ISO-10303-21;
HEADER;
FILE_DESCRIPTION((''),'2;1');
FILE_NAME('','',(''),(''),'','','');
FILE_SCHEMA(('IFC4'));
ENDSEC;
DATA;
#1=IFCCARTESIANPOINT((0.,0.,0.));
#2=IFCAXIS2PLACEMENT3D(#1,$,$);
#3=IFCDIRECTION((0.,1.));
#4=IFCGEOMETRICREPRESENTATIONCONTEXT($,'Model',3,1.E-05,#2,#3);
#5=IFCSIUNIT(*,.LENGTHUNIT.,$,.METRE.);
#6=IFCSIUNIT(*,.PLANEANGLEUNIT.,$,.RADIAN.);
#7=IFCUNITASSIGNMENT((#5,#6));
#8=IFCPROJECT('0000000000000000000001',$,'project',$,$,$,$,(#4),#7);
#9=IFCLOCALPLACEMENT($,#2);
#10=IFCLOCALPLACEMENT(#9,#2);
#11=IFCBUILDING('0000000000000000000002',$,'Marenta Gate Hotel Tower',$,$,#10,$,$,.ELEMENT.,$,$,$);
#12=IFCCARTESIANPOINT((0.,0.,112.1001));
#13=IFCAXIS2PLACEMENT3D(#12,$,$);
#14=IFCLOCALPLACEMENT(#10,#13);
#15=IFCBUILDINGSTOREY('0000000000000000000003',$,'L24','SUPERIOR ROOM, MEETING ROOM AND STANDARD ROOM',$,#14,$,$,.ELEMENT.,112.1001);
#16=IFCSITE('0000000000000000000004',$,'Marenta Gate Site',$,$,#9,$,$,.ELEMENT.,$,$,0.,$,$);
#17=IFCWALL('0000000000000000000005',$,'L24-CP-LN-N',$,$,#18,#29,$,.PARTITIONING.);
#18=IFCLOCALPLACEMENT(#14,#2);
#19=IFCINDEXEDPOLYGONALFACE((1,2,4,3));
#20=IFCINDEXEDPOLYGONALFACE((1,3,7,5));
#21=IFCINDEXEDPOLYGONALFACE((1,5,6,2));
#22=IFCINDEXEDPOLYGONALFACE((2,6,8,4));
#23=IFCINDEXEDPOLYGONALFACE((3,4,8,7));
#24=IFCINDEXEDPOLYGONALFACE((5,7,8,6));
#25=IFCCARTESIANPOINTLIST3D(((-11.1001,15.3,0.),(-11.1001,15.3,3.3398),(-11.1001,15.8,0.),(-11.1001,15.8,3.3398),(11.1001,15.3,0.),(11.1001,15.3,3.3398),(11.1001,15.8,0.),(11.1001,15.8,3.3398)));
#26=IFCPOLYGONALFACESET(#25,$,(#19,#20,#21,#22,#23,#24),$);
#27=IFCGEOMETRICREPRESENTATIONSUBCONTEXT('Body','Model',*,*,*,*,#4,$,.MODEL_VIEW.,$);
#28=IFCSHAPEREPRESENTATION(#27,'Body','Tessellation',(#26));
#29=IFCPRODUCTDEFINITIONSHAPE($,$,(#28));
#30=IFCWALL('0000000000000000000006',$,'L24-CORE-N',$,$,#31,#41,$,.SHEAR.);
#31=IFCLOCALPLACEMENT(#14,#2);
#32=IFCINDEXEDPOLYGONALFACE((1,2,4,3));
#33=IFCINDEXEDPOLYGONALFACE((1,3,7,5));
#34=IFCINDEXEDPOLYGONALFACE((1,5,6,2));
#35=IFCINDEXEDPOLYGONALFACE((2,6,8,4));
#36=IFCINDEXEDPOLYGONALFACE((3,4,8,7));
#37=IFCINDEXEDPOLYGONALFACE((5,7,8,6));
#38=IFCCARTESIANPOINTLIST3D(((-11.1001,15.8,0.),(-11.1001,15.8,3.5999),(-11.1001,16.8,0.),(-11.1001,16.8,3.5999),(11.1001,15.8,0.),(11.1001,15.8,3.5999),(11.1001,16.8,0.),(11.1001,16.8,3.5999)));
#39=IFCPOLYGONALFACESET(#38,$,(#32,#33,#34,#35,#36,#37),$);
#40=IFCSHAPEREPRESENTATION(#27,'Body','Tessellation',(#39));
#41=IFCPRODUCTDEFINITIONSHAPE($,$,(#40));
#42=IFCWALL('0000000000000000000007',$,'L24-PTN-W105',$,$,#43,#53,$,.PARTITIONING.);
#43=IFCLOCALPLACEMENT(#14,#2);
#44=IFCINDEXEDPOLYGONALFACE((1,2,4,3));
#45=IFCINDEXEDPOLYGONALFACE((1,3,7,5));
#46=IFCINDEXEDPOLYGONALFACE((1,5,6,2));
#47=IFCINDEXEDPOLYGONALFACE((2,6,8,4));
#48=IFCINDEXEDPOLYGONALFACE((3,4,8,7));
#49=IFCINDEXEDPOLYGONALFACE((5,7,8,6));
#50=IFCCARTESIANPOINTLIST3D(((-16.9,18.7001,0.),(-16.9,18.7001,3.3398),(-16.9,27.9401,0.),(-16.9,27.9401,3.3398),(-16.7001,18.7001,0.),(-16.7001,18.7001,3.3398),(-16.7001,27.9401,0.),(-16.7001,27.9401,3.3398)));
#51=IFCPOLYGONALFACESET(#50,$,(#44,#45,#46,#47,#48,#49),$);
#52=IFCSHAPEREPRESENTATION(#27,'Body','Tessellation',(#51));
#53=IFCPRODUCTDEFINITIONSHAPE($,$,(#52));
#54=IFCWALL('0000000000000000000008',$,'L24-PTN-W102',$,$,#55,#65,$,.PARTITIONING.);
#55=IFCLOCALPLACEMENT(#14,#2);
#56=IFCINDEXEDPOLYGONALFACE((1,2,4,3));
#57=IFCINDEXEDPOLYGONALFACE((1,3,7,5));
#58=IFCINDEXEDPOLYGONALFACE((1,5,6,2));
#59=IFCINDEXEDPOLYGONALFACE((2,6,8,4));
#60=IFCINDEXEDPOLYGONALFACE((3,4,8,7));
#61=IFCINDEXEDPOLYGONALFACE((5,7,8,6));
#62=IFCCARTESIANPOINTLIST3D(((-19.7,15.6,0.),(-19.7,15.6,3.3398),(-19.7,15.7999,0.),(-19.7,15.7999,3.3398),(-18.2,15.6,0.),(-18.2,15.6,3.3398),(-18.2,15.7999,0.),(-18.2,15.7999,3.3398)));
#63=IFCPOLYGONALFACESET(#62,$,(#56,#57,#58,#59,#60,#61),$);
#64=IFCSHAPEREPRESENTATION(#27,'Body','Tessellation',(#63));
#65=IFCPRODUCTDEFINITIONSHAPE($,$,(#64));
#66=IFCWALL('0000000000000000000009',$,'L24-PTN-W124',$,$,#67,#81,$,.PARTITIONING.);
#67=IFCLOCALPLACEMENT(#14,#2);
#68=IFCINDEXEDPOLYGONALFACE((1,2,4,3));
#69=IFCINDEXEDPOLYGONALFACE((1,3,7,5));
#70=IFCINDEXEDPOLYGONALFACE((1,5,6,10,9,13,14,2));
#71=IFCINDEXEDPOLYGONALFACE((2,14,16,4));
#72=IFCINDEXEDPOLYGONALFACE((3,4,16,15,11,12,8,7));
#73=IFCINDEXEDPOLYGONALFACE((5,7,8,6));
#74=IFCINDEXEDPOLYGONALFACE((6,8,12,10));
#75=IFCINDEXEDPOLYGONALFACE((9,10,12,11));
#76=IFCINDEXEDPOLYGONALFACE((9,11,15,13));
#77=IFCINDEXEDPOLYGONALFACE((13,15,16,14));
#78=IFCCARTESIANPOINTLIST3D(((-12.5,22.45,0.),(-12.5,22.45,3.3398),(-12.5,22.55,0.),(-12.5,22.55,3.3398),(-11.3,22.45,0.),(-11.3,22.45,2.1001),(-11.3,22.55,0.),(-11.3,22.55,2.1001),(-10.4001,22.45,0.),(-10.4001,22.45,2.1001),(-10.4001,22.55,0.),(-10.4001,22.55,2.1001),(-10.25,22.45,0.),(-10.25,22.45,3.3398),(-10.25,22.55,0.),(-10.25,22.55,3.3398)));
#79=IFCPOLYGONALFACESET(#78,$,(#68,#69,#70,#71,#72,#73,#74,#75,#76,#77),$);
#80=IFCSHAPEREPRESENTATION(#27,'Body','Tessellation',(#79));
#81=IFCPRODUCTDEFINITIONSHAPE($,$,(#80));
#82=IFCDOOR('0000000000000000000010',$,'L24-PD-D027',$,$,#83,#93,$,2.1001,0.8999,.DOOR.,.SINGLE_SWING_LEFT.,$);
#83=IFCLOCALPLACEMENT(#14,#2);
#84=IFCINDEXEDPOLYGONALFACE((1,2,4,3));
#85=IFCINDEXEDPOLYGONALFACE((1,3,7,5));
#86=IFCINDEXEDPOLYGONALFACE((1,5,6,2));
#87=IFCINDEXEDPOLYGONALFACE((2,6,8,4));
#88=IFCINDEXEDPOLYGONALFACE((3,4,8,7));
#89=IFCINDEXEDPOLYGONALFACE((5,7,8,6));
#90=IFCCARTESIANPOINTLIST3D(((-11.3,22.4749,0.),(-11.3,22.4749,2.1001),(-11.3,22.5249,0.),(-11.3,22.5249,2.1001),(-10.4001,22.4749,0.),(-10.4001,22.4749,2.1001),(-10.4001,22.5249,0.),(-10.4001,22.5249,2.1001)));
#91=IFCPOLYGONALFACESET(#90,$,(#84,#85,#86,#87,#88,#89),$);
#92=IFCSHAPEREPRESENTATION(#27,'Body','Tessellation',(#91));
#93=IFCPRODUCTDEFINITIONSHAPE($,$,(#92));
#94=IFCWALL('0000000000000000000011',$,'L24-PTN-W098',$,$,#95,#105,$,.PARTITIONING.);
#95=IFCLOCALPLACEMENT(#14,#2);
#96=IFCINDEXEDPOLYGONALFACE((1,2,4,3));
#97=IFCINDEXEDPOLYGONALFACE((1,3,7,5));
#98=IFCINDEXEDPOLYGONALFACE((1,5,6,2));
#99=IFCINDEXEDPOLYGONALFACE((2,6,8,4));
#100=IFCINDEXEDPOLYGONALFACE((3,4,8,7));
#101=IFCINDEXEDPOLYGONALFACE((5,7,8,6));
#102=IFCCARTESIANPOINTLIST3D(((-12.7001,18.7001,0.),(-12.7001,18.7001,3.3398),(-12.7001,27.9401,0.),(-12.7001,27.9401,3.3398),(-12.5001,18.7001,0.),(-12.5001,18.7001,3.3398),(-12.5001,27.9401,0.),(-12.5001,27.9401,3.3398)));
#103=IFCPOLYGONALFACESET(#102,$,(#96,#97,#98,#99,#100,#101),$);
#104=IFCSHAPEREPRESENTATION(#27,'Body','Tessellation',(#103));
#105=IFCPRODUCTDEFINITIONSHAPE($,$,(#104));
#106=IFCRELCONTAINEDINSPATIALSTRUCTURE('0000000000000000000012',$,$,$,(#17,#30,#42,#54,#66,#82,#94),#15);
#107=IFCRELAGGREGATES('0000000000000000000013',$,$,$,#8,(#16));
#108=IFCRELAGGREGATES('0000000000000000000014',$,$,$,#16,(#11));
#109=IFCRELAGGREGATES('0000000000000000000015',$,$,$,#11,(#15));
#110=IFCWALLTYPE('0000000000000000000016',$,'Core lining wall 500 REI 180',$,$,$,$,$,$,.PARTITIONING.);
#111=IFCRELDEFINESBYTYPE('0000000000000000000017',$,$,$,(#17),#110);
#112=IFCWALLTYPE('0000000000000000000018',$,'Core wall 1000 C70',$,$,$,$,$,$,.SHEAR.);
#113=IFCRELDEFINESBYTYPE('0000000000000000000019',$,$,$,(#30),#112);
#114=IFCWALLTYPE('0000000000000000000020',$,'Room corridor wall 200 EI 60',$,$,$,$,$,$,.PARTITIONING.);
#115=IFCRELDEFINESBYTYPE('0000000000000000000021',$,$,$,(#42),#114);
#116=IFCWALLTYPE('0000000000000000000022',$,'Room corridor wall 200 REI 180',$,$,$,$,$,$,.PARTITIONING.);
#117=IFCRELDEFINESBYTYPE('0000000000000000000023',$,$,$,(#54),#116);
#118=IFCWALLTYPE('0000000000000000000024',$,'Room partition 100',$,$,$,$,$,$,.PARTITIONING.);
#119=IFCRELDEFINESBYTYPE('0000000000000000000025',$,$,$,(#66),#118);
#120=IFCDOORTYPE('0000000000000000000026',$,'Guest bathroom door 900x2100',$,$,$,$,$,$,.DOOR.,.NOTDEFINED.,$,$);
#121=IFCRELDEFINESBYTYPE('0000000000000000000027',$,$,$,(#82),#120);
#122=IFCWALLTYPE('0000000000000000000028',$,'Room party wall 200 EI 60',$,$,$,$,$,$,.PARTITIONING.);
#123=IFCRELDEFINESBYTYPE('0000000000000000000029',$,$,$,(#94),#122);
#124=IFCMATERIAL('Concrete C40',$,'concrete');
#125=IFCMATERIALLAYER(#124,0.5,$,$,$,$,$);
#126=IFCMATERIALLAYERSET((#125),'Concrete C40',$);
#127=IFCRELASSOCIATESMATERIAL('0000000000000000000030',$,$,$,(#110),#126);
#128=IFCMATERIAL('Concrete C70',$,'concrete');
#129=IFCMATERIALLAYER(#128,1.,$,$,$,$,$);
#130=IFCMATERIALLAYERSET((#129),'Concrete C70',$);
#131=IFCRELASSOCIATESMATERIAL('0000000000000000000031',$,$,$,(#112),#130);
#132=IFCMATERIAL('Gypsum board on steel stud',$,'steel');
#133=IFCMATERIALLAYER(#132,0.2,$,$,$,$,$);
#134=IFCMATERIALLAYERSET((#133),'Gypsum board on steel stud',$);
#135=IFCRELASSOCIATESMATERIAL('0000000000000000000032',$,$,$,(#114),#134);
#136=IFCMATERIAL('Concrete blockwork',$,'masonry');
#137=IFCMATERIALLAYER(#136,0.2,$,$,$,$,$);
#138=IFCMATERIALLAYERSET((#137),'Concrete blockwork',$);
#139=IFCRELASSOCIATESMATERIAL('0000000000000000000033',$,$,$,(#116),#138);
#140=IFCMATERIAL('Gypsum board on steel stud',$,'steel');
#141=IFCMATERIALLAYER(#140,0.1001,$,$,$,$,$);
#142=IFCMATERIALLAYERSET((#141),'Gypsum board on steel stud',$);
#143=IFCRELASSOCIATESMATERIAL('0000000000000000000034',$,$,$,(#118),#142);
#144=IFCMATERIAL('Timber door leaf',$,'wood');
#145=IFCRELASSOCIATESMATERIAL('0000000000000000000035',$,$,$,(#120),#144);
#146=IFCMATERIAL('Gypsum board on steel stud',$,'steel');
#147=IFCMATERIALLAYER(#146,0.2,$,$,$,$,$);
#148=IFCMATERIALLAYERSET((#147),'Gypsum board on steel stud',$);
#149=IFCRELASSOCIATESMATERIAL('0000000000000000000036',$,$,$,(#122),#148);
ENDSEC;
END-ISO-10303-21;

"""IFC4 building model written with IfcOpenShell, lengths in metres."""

from ifc_helpers import new_model, si_unit, direction, frame, frame_2d, origin, place, context, subcontext, project, spatial, rectangle, extrude, material, layer, layer_set, type_object, element, fill, save


model = new_model("IFC4")

# Units and contexts
model_context = context("Model", 3, precision=1e-05, world=origin(), true_north=direction((0.0, 1.0)))
body_context = subcontext(model_context, "Body", "Model", "MODEL_VIEW")
ifc_project = project(units=[si_unit("LENGTHUNIT", "METRE"), si_unit("PLANEANGLEUNIT", "RADIAN")], contexts=[model_context])

# Site, building, storey
site_placement = place(None, origin())
site = spatial("IfcSite", under=ifc_project, at=site_placement, Name="Marenta Gate Site", CompositionType="ELEMENT", RefElevation=0.0)
building_placement = place(site_placement, origin())
building = spatial("IfcBuilding", under=site, at=building_placement, Name="Marenta Gate Hotel Tower", CompositionType="ELEMENT")
storey_placement = place(building_placement, frame((0.0, 0.0, 112.1001)))
storey = spatial("IfcBuildingStorey", under=building, at=storey_placement, Name="L24", Description="SUPERIOR ROOM, MEETING ROOM AND STANDARD ROOM", CompositionType="ELEMENT", Elevation=112.1001)

# Walls
ifc_material_1 = material(Name="Concrete C40", Category="concrete")
ifc_layer_1 = layer(ifc_material_1, 0.5)
ifc_layer_set_1 = layer_set([ifc_layer_1], Name="Concrete C40")
wall_type_1 = type_object("IfcWallType", Name="Core lining wall 500 REI 180", PredefinedType="PARTITIONING", material=ifc_layer_set_1)
wall_1_placement = place(storey_placement, frame((-11.1001, 15.55, 0.0), z_axis=(0.0, 0.0, 1.0), x_axis=(1.0, 0.0, 0.0)))
element("IfcWall", 1, at=wall_1_placement, inside=storey, type_object=wall_type_1, Name="L24-CP-LN-N", PredefinedType="PARTITIONING", context=body_context, shape_type="SweptSolid", body=[
    extrude(rectangle(XDim=22.2002, YDim=0.5, at=frame_2d((11.1001, 0.0))), origin(), (0.0, 0.0, 1.0), 3.3398),
])
ifc_material_2 = material(Name="Concrete C70", Category="concrete")
ifc_layer_2 = layer(ifc_material_2, 1.0)
ifc_layer_set_2 = layer_set([ifc_layer_2], Name="Concrete C70")
wall_type_2 = type_object("IfcWallType", Name="Core wall 1000 C70", PredefinedType="SHEAR", material=ifc_layer_set_2)
wall_2_placement = place(storey_placement, frame((-11.1001, 16.3, 0.0), z_axis=(0.0, 0.0, 1.0), x_axis=(1.0, 0.0, 0.0)))
element("IfcWall", 2, at=wall_2_placement, inside=storey, type_object=wall_type_2, Name="L24-CORE-N", PredefinedType="SHEAR", context=body_context, shape_type="SweptSolid", body=[
    extrude(rectangle(XDim=22.2002, YDim=1.0, at=frame_2d((11.1001, 0.0))), origin(), (0.0, 0.0, 1.0), 3.5999),
])
ifc_material_3 = material(Name="Gypsum board on steel stud", Category="steel")
ifc_layer_3 = layer(ifc_material_3, 0.2)
ifc_layer_set_3 = layer_set([ifc_layer_3], Name="Gypsum board on steel stud")
wall_type_3 = type_object("IfcWallType", Name="Room corridor wall 200 EI 60", PredefinedType="PARTITIONING", material=ifc_layer_set_3)
wall_3_placement = place(storey_placement, frame((-16.8, 18.7, 0.0), z_axis=(0.0, 0.0, 1.0), x_axis=(0.0, 1.0, 0.0)))
element("IfcWall", 3, at=wall_3_placement, inside=storey, type_object=wall_type_3, Name="L24-PTN-W105", PredefinedType="PARTITIONING", context=body_context, shape_type="SweptSolid", body=[
    extrude(rectangle(XDim=9.24, YDim=0.2, at=frame_2d((4.6201, 0.0))), origin(), (0.0, 0.0, 1.0), 3.3398),
])

# Wall
ifc_material_4 = material(Name="Concrete blockwork", Category="masonry")
ifc_layer_4 = layer(ifc_material_4, 0.2)
ifc_layer_set_4 = layer_set([ifc_layer_4], Name="Concrete blockwork")
wall_type_4 = type_object("IfcWallType", Name="Room corridor wall 200 REI 180", PredefinedType="PARTITIONING", material=ifc_layer_set_4)
wall_4_placement = place(storey_placement, frame((-19.7, 15.7, 0.0), z_axis=(0.0, 0.0, 1.0), x_axis=(1.0, 0.0, 0.0)))
element("IfcWall", 4, at=wall_4_placement, inside=storey, type_object=wall_type_4, Name="L24-PTN-W102", PredefinedType="PARTITIONING", context=body_context, shape_type="SweptSolid", body=[
    extrude(rectangle(XDim=1.5, YDim=0.2, at=frame_2d((0.75, 0.0))), origin(), (0.0, 0.0, 1.0), 3.3398),
])

# Wall, opening, door
ifc_material_5 = material(Name="Gypsum board on steel stud", Category="steel")
ifc_layer_5 = layer(ifc_material_5, 0.1001)
ifc_layer_set_5 = layer_set([ifc_layer_5], Name="Gypsum board on steel stud")
wall_type_5 = type_object("IfcWallType", Name="Room partition 100", PredefinedType="PARTITIONING", material=ifc_layer_set_5)
wall_5_placement = place(storey_placement, frame((-12.5, 22.5, 0.0), z_axis=(0.0, 0.0, 1.0), x_axis=(1.0, 0.0, 0.0)))
wall_5 = element("IfcWall", 5, at=wall_5_placement, inside=storey, type_object=wall_type_5, Name="L24-PTN-W124", PredefinedType="PARTITIONING", context=body_context, shape_type="SweptSolid", body=[
    extrude(rectangle(XDim=2.25, YDim=0.1001, at=frame_2d((1.125, 0.0))), origin(), (0.0, 0.0, 1.0), 3.3398),
])
opening_1_placement = place(wall_5_placement, frame((1.2, 0.0, 0.0)))
opening_1 = element("IfcOpeningElement", 6, at=opening_1_placement, cuts=wall_5, PredefinedType="OPENING", context=body_context, shape_type="SweptSolid", body=[
    extrude(rectangle(XDim=0.8999, YDim=2.1001, at=frame_2d((0.45, 1.05))), frame((0.0, 0.05, 0.0), z_axis=(0.0, -1.0, 0.0), x_axis=(1.0, 0.0, 0.0)), (0.0, 0.0, 1.0), 0.1001),
])
ifc_material_6 = material(Name="Timber door leaf", Category="wood")
door_type_1 = type_object("IfcDoorType", Name="Guest bathroom door 900x2100", OperationType="NOTDEFINED", PredefinedType="DOOR", material=ifc_material_6)
door_1_placement = place(opening_1_placement, origin())
door_1 = element("IfcDoor", 7, at=door_1_placement, inside=storey, type_object=door_type_1, Name="L24-PD-D027", OperationType="SINGLE_SWING_LEFT", OverallHeight=2.1001, OverallWidth=0.8999, PredefinedType="DOOR", context=body_context, shape_type="SweptSolid", body=[
    extrude(rectangle(XDim=0.8999, YDim=2.1001, at=frame_2d((0.45, 1.05))), frame((0.0, 0.0249, 0.0), z_axis=(0.0, -1.0, 0.0), x_axis=(1.0, 0.0, 0.0)), (0.0, 0.0, 1.0), 0.05),
])
fill(opening_1, door_1)

# Wall
ifc_material_7 = material(Name="Gypsum board on steel stud", Category="steel")
ifc_layer_6 = layer(ifc_material_7, 0.2)
ifc_layer_set_6 = layer_set([ifc_layer_6], Name="Gypsum board on steel stud")
wall_type_6 = type_object("IfcWallType", Name="Room party wall 200 EI 60", PredefinedType="PARTITIONING", material=ifc_layer_set_6)
wall_6_placement = place(storey_placement, frame((-12.6001, 18.7, 0.0), z_axis=(0.0, 0.0, 1.0), x_axis=(0.0, 1.0, 0.0)))
element("IfcWall", 8, at=wall_6_placement, inside=storey, type_object=wall_type_6, Name="L24-PTN-W098", PredefinedType="PARTITIONING", context=body_context, shape_type="SweptSolid", body=[
    extrude(rectangle(XDim=9.24, YDim=0.2, at=frame_2d((4.6201, 0.0))), origin(), (0.0, 0.0, 1.0), 3.3398),
])

save(model, "model.ifc")
